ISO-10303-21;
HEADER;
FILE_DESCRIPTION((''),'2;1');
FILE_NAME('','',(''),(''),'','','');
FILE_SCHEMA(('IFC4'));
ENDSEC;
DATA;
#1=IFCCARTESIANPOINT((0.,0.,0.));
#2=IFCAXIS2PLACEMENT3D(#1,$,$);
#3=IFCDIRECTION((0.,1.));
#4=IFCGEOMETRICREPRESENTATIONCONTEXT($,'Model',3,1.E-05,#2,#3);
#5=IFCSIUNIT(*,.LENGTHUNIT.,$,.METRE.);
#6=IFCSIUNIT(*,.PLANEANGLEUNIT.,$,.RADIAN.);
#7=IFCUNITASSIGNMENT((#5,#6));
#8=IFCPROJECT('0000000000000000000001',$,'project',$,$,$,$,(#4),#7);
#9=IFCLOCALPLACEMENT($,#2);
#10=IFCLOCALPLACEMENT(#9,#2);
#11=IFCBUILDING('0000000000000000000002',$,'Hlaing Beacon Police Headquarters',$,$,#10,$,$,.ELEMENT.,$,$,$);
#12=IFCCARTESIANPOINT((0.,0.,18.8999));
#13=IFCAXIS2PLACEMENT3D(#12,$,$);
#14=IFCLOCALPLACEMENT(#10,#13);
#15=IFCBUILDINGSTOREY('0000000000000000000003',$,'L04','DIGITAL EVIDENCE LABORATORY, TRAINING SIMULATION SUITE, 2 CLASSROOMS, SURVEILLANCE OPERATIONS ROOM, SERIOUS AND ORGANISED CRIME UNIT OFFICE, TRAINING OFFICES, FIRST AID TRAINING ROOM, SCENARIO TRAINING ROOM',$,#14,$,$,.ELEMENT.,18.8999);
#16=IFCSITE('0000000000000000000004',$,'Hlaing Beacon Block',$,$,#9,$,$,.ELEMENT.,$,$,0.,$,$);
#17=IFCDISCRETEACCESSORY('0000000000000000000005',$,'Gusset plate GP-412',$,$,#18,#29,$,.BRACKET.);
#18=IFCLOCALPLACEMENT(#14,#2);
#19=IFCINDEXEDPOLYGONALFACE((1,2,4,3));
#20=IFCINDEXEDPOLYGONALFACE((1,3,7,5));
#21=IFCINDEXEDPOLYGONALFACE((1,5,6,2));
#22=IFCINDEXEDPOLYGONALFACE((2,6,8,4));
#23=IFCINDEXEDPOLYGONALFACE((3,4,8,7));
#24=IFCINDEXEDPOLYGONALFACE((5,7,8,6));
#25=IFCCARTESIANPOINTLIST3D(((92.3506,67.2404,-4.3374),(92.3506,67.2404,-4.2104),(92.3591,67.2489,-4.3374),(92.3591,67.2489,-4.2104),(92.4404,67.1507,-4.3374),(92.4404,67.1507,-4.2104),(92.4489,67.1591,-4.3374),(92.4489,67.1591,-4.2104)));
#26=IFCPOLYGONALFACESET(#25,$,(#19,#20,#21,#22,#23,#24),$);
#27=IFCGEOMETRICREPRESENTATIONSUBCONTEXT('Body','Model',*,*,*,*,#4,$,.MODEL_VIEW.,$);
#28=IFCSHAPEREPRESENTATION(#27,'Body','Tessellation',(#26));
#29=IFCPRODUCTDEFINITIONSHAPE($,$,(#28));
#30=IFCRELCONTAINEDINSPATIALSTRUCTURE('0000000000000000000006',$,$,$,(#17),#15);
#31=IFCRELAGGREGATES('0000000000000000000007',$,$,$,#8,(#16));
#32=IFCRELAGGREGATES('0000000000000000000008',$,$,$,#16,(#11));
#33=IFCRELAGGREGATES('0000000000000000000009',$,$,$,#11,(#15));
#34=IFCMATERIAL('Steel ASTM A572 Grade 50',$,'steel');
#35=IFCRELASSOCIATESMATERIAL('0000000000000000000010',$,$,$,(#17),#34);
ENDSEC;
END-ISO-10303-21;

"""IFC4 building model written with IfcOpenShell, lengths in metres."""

from ifc_helpers import new_model, si_unit, direction, frame, origin, origin_2d, place, context, subcontext, project, spatial, rectangle, extrude, material, element, save


model = new_model("IFC4")

# Units and contexts
model_context = context("Model", 3, precision=1e-05, world=origin(), true_north=direction((0.0, 1.0)))
body_context = subcontext(model_context, "Body", "Model", "MODEL_VIEW")
ifc_project = project(units=[si_unit("LENGTHUNIT", "METRE"), si_unit("PLANEANGLEUNIT", "RADIAN")], contexts=[model_context])

# Site, building, storey
site_placement = place(None, origin())
site = spatial("IfcSite", under=ifc_project, at=site_placement, Name="Hlaing Beacon Block", CompositionType="ELEMENT", RefElevation=0.0)
building_placement = place(site_placement, origin())
building = spatial("IfcBuilding", under=site, at=building_placement, Name="Hlaing Beacon Police Headquarters", CompositionType="ELEMENT")
storey_placement = place(building_placement, frame((0.0, 0.0, 18.8999)))
storey = spatial("IfcBuildingStorey", under=building, at=storey_placement, Name="L04", Description="DIGITAL EVIDENCE LABORATORY, TRAINING SIMULATION SUITE, 2 CLASSROOMS, SURVEILLANCE OPERATIONS ROOM, SERIOUS AND ORGANISED CRIME UNIT OFFICE, TRAINING OFFICES, FIRST AID TRAINING ROOM, SCENARIO TRAINING ROOM", CompositionType="ELEMENT", Elevation=18.8999)

# Discrete accessory
ifc_material_1 = material(Name="Steel ASTM A572 Grade 50", Category="steel")
discrete_accessory_1_placement = place(storey_placement, frame((92.3955, 67.1956, -4.2739), z_axis=(0.707107, 0.707107, 0.0), x_axis=(-0.707107, 0.707107, 0.0)))
element("IfcDiscreteAccessory", 1, at=discrete_accessory_1_placement, inside=storey, material=ifc_material_1, Name="Gusset plate GP-412", PredefinedType="BRACKET", context=body_context, shape_type="SweptSolid", body=[
    extrude(rectangle(XDim=0.127, YDim=0.127, at=origin_2d()), origin(), (0.0, 0.0, 1.0), 0.012),
])

save(model, "model.ifc")
